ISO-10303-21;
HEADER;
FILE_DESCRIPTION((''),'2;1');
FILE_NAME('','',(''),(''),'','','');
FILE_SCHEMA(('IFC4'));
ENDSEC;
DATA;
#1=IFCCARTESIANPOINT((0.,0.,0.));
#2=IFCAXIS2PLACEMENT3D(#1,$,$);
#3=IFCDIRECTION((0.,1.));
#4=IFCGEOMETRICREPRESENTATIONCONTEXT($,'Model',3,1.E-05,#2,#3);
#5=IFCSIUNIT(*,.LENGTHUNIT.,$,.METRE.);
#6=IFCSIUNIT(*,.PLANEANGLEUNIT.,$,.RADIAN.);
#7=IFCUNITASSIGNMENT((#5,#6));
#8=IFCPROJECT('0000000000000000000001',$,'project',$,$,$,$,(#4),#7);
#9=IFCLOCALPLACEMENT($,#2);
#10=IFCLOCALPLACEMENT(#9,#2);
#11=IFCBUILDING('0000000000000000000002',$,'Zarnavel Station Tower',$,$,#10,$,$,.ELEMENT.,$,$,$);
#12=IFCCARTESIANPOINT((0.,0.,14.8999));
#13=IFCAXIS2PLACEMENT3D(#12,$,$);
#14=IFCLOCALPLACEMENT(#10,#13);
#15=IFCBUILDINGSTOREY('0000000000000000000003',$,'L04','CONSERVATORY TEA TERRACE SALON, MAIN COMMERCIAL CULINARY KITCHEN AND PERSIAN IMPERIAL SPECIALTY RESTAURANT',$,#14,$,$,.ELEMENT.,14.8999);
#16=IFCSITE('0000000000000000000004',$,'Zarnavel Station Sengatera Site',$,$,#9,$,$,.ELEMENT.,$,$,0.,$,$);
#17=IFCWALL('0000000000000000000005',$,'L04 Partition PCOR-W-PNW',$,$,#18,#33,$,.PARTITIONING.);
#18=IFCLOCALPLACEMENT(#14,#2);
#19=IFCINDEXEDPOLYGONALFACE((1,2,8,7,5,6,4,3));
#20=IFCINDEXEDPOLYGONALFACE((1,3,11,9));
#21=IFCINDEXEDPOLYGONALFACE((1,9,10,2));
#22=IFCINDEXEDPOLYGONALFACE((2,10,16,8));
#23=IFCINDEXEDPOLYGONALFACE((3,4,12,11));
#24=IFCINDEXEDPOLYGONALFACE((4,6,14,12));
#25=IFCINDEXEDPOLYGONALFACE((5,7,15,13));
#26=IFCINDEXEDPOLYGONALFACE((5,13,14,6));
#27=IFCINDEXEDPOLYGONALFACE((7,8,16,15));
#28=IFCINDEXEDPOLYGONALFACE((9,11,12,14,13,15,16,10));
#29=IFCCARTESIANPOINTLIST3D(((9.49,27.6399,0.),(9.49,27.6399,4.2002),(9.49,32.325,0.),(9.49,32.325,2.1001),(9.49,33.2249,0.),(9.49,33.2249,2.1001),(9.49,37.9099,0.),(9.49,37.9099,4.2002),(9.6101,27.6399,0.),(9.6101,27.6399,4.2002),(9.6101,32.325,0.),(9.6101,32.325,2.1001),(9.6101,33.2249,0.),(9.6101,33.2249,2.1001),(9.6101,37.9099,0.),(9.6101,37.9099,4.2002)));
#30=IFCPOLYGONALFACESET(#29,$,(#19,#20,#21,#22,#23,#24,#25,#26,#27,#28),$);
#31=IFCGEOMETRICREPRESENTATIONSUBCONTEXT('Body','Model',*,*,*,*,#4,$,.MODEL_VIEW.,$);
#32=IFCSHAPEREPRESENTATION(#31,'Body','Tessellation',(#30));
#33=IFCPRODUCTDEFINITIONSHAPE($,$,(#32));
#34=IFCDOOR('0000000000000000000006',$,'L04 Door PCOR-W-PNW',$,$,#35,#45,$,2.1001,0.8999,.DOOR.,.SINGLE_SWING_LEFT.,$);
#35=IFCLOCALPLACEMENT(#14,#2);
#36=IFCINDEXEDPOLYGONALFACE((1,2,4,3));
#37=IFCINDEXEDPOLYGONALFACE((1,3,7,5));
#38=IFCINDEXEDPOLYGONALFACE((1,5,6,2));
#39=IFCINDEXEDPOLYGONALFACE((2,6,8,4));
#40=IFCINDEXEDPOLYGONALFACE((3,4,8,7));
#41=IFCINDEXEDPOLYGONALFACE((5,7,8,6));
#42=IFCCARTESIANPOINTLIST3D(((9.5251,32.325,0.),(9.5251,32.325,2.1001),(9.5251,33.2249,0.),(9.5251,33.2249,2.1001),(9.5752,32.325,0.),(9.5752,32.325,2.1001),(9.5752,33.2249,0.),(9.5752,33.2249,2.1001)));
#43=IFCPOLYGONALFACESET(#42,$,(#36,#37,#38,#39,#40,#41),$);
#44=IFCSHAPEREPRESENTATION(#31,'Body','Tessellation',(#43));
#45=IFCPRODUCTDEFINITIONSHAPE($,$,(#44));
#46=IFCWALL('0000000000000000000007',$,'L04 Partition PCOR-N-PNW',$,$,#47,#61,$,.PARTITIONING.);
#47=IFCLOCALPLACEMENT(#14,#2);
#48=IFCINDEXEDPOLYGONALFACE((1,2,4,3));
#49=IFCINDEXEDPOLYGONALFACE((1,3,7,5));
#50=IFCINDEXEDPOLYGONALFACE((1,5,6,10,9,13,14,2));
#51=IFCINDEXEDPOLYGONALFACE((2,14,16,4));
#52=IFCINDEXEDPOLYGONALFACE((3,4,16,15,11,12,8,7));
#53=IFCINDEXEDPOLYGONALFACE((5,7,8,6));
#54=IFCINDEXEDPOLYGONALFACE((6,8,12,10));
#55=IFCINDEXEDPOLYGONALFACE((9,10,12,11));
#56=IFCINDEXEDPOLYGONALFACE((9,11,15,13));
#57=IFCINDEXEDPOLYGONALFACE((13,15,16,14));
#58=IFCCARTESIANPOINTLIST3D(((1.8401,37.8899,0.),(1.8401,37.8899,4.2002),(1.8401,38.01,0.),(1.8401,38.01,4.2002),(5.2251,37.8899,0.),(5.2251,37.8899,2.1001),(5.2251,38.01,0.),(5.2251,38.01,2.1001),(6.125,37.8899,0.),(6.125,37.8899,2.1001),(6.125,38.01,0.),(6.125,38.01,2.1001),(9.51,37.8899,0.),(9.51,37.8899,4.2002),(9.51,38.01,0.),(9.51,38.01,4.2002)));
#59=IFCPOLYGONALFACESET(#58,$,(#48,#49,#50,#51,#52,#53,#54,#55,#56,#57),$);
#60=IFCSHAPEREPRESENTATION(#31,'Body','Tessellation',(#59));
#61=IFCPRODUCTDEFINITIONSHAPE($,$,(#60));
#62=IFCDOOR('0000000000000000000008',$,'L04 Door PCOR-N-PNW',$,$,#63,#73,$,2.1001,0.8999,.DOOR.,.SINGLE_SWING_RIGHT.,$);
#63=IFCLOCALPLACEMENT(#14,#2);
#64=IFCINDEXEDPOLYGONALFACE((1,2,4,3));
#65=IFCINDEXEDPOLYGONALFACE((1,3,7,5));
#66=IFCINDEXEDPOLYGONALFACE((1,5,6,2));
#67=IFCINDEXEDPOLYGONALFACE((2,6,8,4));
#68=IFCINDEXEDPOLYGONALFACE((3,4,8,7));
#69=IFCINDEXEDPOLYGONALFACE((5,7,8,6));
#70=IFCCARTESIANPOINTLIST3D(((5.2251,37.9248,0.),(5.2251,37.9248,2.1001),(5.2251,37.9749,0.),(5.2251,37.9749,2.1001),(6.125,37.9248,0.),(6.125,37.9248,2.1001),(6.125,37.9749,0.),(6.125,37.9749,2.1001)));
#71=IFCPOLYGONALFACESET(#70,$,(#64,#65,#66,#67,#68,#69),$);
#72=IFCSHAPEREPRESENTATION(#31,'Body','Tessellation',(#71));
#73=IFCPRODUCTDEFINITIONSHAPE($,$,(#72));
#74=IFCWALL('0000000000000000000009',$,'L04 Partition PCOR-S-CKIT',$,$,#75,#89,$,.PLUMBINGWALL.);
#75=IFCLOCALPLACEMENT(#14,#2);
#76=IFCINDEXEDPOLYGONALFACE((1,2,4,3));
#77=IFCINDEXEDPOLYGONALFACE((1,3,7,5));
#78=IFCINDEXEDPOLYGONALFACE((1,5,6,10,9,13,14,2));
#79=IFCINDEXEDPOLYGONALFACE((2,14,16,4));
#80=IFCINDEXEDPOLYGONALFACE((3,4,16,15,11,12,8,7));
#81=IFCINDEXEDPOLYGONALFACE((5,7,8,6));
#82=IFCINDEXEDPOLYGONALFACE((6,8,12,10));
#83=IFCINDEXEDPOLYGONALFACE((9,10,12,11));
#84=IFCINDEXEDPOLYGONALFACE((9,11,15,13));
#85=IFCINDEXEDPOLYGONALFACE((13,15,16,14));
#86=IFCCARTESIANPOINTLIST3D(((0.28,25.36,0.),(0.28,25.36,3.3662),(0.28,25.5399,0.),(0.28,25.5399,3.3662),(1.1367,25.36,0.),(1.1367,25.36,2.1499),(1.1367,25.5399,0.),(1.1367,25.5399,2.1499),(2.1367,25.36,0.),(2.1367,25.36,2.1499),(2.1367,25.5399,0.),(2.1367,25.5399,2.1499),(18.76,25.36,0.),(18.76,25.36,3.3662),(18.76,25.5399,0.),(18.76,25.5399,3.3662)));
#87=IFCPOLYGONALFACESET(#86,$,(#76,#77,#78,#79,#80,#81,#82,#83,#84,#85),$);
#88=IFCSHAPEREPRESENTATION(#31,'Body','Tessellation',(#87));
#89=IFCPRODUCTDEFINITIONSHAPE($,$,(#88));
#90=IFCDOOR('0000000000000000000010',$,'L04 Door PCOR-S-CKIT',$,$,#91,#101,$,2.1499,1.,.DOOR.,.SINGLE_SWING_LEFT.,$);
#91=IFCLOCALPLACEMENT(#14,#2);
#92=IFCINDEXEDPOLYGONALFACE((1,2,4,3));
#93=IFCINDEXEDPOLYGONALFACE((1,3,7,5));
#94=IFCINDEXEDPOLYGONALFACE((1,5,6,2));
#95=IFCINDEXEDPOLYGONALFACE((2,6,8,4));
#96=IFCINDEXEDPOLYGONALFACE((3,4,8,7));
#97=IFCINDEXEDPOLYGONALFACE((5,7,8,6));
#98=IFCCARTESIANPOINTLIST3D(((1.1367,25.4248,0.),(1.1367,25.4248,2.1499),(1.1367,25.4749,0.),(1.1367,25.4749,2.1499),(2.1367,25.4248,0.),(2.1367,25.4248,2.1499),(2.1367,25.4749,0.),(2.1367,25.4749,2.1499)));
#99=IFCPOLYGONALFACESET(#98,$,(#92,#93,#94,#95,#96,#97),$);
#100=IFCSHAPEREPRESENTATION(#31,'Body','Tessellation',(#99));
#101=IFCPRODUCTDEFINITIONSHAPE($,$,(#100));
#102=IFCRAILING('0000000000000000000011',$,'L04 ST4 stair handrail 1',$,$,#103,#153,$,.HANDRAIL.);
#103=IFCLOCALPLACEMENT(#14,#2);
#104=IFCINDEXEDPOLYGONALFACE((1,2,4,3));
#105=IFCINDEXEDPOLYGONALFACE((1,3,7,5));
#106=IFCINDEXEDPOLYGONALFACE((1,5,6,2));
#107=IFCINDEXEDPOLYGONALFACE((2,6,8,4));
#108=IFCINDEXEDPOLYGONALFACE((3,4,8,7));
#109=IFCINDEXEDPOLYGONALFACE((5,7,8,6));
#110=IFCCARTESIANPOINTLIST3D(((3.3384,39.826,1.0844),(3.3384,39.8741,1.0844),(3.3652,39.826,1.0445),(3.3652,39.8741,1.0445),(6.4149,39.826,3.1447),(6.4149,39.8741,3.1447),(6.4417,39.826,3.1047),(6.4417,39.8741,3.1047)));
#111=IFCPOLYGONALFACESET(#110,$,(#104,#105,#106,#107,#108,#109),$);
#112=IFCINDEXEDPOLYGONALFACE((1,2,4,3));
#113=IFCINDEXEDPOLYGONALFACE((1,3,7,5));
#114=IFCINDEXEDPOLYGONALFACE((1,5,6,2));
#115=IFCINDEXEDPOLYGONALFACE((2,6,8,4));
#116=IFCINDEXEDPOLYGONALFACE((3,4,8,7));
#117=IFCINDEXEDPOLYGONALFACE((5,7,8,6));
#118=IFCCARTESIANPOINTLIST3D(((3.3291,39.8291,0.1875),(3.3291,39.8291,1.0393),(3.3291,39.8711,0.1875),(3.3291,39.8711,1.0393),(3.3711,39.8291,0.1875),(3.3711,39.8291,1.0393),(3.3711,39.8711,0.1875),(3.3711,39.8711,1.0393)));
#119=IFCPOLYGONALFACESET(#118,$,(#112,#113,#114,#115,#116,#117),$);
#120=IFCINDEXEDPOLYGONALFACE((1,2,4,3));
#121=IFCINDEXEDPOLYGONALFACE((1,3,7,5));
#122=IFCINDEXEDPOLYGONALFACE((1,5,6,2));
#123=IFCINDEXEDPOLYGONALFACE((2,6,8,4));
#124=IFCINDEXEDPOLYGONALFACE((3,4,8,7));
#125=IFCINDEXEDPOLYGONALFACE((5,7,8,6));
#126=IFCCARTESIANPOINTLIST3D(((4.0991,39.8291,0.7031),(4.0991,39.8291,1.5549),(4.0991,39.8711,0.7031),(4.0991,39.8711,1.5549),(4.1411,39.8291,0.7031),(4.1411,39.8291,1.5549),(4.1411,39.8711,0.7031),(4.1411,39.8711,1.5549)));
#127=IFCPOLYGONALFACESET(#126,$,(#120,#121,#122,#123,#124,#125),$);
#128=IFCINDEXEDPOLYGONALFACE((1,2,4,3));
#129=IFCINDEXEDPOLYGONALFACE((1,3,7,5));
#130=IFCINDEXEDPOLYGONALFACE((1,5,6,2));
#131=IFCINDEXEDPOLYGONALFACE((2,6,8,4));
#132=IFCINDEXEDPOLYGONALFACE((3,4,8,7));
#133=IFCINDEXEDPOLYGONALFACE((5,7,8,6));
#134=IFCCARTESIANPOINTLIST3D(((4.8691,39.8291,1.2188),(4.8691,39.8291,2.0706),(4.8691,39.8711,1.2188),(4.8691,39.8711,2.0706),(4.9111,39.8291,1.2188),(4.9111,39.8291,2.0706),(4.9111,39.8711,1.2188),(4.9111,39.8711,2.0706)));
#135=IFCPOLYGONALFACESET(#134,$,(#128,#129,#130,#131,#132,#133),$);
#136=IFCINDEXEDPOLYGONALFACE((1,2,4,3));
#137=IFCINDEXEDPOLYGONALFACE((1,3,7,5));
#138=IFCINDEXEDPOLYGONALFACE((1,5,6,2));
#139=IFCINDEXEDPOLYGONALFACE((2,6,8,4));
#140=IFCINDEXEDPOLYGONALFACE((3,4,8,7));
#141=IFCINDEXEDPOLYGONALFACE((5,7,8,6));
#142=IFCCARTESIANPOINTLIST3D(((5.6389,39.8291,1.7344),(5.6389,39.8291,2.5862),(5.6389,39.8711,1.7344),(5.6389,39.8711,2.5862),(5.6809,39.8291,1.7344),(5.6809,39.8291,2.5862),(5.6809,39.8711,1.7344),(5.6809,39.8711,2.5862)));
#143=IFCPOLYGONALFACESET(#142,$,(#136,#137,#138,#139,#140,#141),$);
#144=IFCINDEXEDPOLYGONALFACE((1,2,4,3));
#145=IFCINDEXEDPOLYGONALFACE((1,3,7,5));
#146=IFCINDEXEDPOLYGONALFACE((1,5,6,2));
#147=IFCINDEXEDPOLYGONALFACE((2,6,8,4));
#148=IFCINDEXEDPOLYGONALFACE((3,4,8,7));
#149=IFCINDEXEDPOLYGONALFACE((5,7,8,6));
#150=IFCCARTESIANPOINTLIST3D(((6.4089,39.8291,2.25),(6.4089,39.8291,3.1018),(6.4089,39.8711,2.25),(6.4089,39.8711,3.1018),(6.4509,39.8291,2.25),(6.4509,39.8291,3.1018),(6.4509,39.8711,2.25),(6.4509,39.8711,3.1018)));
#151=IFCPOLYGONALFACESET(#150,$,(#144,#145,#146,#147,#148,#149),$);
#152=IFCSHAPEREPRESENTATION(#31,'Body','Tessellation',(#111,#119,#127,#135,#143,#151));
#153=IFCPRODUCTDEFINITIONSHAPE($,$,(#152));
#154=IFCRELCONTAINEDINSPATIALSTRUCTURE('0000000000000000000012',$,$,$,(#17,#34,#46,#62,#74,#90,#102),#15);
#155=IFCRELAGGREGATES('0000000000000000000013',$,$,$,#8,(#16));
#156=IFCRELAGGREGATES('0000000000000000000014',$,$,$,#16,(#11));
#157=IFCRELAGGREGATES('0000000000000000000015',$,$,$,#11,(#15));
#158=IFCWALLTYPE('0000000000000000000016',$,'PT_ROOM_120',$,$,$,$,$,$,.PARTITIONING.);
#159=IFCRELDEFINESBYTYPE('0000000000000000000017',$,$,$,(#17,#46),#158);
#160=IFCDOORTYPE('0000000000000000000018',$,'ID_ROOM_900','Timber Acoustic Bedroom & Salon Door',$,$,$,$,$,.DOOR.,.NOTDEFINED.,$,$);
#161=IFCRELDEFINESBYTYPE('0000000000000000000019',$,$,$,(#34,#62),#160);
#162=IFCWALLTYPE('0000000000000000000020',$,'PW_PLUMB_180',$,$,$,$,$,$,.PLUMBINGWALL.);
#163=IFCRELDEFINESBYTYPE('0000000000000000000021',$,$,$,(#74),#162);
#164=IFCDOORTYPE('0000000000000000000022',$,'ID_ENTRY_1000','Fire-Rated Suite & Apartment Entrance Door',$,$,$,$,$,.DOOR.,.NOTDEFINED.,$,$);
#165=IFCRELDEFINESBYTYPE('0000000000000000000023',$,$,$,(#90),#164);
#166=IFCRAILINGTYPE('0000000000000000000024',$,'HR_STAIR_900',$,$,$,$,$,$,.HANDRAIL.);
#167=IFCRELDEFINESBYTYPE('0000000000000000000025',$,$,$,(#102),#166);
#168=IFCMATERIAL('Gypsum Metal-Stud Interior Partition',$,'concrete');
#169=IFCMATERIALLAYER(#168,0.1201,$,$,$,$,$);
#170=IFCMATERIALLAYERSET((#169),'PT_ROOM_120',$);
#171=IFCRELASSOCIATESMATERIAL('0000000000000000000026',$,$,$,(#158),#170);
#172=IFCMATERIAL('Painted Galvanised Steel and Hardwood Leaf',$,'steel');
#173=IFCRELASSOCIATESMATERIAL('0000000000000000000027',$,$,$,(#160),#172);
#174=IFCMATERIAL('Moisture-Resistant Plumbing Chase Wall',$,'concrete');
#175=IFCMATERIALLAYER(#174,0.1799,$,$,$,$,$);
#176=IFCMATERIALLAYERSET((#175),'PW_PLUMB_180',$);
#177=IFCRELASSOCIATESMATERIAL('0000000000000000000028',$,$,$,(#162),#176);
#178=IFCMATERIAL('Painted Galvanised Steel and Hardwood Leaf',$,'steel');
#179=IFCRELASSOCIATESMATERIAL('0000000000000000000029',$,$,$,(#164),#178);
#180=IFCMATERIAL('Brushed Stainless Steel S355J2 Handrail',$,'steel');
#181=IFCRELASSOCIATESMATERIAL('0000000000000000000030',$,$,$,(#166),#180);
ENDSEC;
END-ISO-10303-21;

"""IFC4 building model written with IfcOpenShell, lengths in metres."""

from ifc_helpers import new_model, si_unit, direction, frame, frame_2d, origin, origin_2d, place, context, subcontext, project, spatial, rectangle, extrude, material, layer, layer_set, type_object, element, fill, save


model = new_model("IFC4")

# Units and contexts
model_context = context("Model", 3, precision=1e-05, world=origin(), true_north=direction((0.0, 1.0)))
body_context = subcontext(model_context, "Body", "Model", "MODEL_VIEW")
ifc_project = project(units=[si_unit("LENGTHUNIT", "METRE"), si_unit("PLANEANGLEUNIT", "RADIAN")], contexts=[model_context])

# Site, building, storey
site_placement = place(None, origin())
site = spatial("IfcSite", under=ifc_project, at=site_placement, Name="Zarnavel Station Sengatera Site", CompositionType="ELEMENT", RefElevation=0.0)
building_placement = place(site_placement, origin())
building = spatial("IfcBuilding", under=site, at=building_placement, Name="Zarnavel Station Tower", CompositionType="ELEMENT")
storey_placement = place(building_placement, frame((0.0, 0.0, 14.8999)))
storey = spatial("IfcBuildingStorey", under=building, at=storey_placement, Name="L04", Description="CONSERVATORY TEA TERRACE SALON, MAIN COMMERCIAL CULINARY KITCHEN AND PERSIAN IMPERIAL SPECIALTY RESTAURANT", CompositionType="ELEMENT", Elevation=14.8999)

# Walls, openings, doors
ifc_material_1 = material(Name="Gypsum Metal-Stud Interior Partition", Category="concrete")
ifc_layer_1 = layer(ifc_material_1, 0.1201)
ifc_layer_set_1 = layer_set([ifc_layer_1], Name="PT_ROOM_120")
wall_type_1 = type_object("IfcWallType", Name="PT_ROOM_120", PredefinedType="PARTITIONING", material=ifc_layer_set_1)
ifc_material_2 = material(Name="Painted Galvanised Steel and Hardwood Leaf", Category="steel")
door_type_1 = type_object("IfcDoorType", Name="ID_ROOM_900", Description="Timber Acoustic Bedroom & Salon Door", OperationType="NOTDEFINED", PredefinedType="DOOR", material=ifc_material_2)
wall_1_placement = place(storey_placement, frame((9.55, 27.6399, 0.0), z_axis=(0.0, 0.0, 1.0), x_axis=(0.0, 1.0, 0.0)))
wall_1 = element("IfcWall", 1, at=wall_1_placement, inside=storey, type_object=wall_type_1, Name="L04 Partition PCOR-W-PNW", PredefinedType="PARTITIONING", context=body_context, shape_type="SweptSolid", body=[
    extrude(rectangle(XDim=10.27, YDim=0.1201, at=frame_2d((5.135, 0.0))), origin(), (0.0, 0.0, 1.0), 4.2002),
])
opening_1_placement = place(wall_1_placement, frame((4.6851, 0.0, 0.0)))
opening_1 = element("IfcOpeningElement", 2, at=opening_1_placement, cuts=wall_1, PredefinedType="OPENING", context=body_context, shape_type="SweptSolid", body=[
    extrude(rectangle(XDim=0.8999, YDim=2.1001, at=frame_2d((0.45, 1.05))), frame((0.0, 0.0701, 0.0), z_axis=(0.0, -1.0, 0.0), x_axis=(1.0, 0.0, 0.0)), (0.0, 0.0, 1.0), 0.1401),
])
door_1_placement = place(opening_1_placement, origin())
door_1 = element("IfcDoor", 3, at=door_1_placement, inside=storey, type_object=door_type_1, Name="L04 Door PCOR-W-PNW", OperationType="SINGLE_SWING_LEFT", OverallHeight=2.1001, OverallWidth=0.8999, PredefinedType="DOOR", context=body_context, shape_type="SweptSolid", body=[
    extrude(rectangle(XDim=0.8999, YDim=2.1001, at=frame_2d((0.45, 1.05))), frame((0.0, 0.0249, 0.0), z_axis=(0.0, -1.0, 0.0), x_axis=(1.0, 0.0, 0.0)), (0.0, 0.0, 1.0), 0.05),
])
fill(opening_1, door_1)
wall_2_placement = place(storey_placement, frame((1.8401, 37.95, 0.0), z_axis=(0.0, 0.0, 1.0), x_axis=(1.0, 0.0, 0.0)))
wall_2 = element("IfcWall", 4, at=wall_2_placement, inside=storey, type_object=wall_type_1, Name="L04 Partition PCOR-N-PNW", PredefinedType="PARTITIONING", context=body_context, shape_type="SweptSolid", body=[
    extrude(rectangle(XDim=7.6699, YDim=0.1201, at=frame_2d((3.835, 0.0))), origin(), (0.0, 0.0, 1.0), 4.2002),
])
opening_2_placement = place(wall_2_placement, frame((3.385, 0.0, 0.0)))
opening_2 = element("IfcOpeningElement", 5, at=opening_2_placement, cuts=wall_2, PredefinedType="OPENING", context=body_context, shape_type="SweptSolid", body=[
    extrude(rectangle(XDim=0.8999, YDim=2.1001, at=frame_2d((0.45, 1.05))), frame((0.0, 0.0701, 0.0), z_axis=(0.0, -1.0, 0.0), x_axis=(1.0, 0.0, 0.0)), (0.0, 0.0, 1.0), 0.1401),
])
door_2_placement = place(opening_2_placement, origin())
door_2 = element("IfcDoor", 6, at=door_2_placement, inside=storey, type_object=door_type_1, Name="L04 Door PCOR-N-PNW", OperationType="SINGLE_SWING_RIGHT", OverallHeight=2.1001, OverallWidth=0.8999, PredefinedType="DOOR", context=body_context, shape_type="SweptSolid", body=[
    extrude(rectangle(XDim=0.8999, YDim=2.1001, at=frame_2d((0.45, 1.05))), frame((0.0, 0.0249, 0.0), z_axis=(0.0, -1.0, 0.0), x_axis=(1.0, 0.0, 0.0)), (0.0, 0.0, 1.0), 0.05),
])
fill(opening_2, door_2)
ifc_material_3 = material(Name="Moisture-Resistant Plumbing Chase Wall", Category="concrete")
ifc_layer_2 = layer(ifc_material_3, 0.1799)
ifc_layer_set_2 = layer_set([ifc_layer_2], Name="PW_PLUMB_180")
wall_type_2 = type_object("IfcWallType", Name="PW_PLUMB_180", PredefinedType="PLUMBINGWALL", material=ifc_layer_set_2)
wall_3_placement = place(storey_placement, frame((0.28, 25.45, 0.0), z_axis=(0.0, 0.0, 1.0), x_axis=(1.0, 0.0, 0.0)))
wall_3 = element("IfcWall", 7, at=wall_3_placement, inside=storey, type_object=wall_type_2, Name="L04 Partition PCOR-S-CKIT", PredefinedType="PLUMBINGWALL", context=body_context, shape_type="SweptSolid", body=[
    extrude(rectangle(XDim=18.48, YDim=0.1799, at=frame_2d((9.24, 0.0))), origin(), (0.0, 0.0, 1.0), 3.3662),
])
opening_3_placement = place(wall_3_placement, frame((0.8567, 0.0, 0.0)))
opening_3 = element("IfcOpeningElement", 8, at=opening_3_placement, cuts=wall_3, PredefinedType="OPENING", context=body_context, shape_type="SweptSolid", body=[
    extrude(rectangle(XDim=1.0, YDim=2.1499, at=frame_2d((0.5, 1.075))), frame((0.0, 0.0999, 0.0), z_axis=(0.0, -1.0, 0.0), x_axis=(1.0, 0.0, 0.0)), (0.0, 0.0, 1.0), 0.2),
])
ifc_material_4 = material(Name="Painted Galvanised Steel and Hardwood Leaf", Category="steel")
door_type_2 = type_object("IfcDoorType", Name="ID_ENTRY_1000", Description="Fire-Rated Suite & Apartment Entrance Door", OperationType="NOTDEFINED", PredefinedType="DOOR", material=ifc_material_4)
door_3_placement = place(opening_3_placement, origin())
door_3 = element("IfcDoor", 9, at=door_3_placement, inside=storey, type_object=door_type_2, Name="L04 Door PCOR-S-CKIT", OperationType="SINGLE_SWING_LEFT", OverallHeight=2.1499, OverallWidth=1.0, PredefinedType="DOOR", context=body_context, shape_type="SweptSolid", body=[
    extrude(rectangle(XDim=1.0, YDim=2.1499, at=frame_2d((0.5, 1.075))), frame((0.0, 0.0249, 0.0), z_axis=(0.0, -1.0, 0.0), x_axis=(1.0, 0.0, 0.0)), (0.0, 0.0, 1.0), 0.05),
])
fill(opening_3, door_3)

# Railing
ifc_material_5 = material(Name="Brushed Stainless Steel S355J2 Handrail", Category="steel")
railing_type = type_object("IfcRailingType", Name="HR_STAIR_900", PredefinedType="HANDRAIL", material=ifc_material_5)
railing_placement = place(storey_placement, frame((3.3501, 39.8501, 0.1875)))
element("IfcRailing", 10, at=railing_placement, inside=storey, type_object=railing_type, Name="L04 ST4 stair handrail 1", PredefinedType="HANDRAIL", context=body_context, shape_type="SweptSolid", body=[
    extrude(rectangle(XDim=0.0481, YDim=0.0481, at=origin_2d()), frame((0.0017, 0.0, 0.877), z_axis=(0.830893, 0.0, 0.556432), x_axis=(0.0, 1.0, 0.0)), (0.0, 0.0, 1.0), 3.7026),
    extrude(rectangle(XDim=0.042, YDim=0.042, at=origin_2d()), origin(), (0.0, 0.0, 1.0), 0.8518),
    extrude(rectangle(XDim=0.042, YDim=0.042, at=origin_2d()), frame((0.77, 0.0, 0.5156)), (0.0, 0.0, 1.0), 0.8518),
    extrude(rectangle(XDim=0.042, YDim=0.042, at=origin_2d()), frame((1.54, 0.0, 1.0312)), (0.0, 0.0, 1.0), 0.8518),
    extrude(rectangle(XDim=0.042, YDim=0.042, at=origin_2d()), frame((2.3098, 0.0, 1.5469)), (0.0, 0.0, 1.0), 0.8518),
    extrude(rectangle(XDim=0.042, YDim=0.042, at=origin_2d()), frame((3.0798, 0.0, 2.0625)), (0.0, 0.0, 1.0), 0.8518),
])

save(model, "model.ifc")
